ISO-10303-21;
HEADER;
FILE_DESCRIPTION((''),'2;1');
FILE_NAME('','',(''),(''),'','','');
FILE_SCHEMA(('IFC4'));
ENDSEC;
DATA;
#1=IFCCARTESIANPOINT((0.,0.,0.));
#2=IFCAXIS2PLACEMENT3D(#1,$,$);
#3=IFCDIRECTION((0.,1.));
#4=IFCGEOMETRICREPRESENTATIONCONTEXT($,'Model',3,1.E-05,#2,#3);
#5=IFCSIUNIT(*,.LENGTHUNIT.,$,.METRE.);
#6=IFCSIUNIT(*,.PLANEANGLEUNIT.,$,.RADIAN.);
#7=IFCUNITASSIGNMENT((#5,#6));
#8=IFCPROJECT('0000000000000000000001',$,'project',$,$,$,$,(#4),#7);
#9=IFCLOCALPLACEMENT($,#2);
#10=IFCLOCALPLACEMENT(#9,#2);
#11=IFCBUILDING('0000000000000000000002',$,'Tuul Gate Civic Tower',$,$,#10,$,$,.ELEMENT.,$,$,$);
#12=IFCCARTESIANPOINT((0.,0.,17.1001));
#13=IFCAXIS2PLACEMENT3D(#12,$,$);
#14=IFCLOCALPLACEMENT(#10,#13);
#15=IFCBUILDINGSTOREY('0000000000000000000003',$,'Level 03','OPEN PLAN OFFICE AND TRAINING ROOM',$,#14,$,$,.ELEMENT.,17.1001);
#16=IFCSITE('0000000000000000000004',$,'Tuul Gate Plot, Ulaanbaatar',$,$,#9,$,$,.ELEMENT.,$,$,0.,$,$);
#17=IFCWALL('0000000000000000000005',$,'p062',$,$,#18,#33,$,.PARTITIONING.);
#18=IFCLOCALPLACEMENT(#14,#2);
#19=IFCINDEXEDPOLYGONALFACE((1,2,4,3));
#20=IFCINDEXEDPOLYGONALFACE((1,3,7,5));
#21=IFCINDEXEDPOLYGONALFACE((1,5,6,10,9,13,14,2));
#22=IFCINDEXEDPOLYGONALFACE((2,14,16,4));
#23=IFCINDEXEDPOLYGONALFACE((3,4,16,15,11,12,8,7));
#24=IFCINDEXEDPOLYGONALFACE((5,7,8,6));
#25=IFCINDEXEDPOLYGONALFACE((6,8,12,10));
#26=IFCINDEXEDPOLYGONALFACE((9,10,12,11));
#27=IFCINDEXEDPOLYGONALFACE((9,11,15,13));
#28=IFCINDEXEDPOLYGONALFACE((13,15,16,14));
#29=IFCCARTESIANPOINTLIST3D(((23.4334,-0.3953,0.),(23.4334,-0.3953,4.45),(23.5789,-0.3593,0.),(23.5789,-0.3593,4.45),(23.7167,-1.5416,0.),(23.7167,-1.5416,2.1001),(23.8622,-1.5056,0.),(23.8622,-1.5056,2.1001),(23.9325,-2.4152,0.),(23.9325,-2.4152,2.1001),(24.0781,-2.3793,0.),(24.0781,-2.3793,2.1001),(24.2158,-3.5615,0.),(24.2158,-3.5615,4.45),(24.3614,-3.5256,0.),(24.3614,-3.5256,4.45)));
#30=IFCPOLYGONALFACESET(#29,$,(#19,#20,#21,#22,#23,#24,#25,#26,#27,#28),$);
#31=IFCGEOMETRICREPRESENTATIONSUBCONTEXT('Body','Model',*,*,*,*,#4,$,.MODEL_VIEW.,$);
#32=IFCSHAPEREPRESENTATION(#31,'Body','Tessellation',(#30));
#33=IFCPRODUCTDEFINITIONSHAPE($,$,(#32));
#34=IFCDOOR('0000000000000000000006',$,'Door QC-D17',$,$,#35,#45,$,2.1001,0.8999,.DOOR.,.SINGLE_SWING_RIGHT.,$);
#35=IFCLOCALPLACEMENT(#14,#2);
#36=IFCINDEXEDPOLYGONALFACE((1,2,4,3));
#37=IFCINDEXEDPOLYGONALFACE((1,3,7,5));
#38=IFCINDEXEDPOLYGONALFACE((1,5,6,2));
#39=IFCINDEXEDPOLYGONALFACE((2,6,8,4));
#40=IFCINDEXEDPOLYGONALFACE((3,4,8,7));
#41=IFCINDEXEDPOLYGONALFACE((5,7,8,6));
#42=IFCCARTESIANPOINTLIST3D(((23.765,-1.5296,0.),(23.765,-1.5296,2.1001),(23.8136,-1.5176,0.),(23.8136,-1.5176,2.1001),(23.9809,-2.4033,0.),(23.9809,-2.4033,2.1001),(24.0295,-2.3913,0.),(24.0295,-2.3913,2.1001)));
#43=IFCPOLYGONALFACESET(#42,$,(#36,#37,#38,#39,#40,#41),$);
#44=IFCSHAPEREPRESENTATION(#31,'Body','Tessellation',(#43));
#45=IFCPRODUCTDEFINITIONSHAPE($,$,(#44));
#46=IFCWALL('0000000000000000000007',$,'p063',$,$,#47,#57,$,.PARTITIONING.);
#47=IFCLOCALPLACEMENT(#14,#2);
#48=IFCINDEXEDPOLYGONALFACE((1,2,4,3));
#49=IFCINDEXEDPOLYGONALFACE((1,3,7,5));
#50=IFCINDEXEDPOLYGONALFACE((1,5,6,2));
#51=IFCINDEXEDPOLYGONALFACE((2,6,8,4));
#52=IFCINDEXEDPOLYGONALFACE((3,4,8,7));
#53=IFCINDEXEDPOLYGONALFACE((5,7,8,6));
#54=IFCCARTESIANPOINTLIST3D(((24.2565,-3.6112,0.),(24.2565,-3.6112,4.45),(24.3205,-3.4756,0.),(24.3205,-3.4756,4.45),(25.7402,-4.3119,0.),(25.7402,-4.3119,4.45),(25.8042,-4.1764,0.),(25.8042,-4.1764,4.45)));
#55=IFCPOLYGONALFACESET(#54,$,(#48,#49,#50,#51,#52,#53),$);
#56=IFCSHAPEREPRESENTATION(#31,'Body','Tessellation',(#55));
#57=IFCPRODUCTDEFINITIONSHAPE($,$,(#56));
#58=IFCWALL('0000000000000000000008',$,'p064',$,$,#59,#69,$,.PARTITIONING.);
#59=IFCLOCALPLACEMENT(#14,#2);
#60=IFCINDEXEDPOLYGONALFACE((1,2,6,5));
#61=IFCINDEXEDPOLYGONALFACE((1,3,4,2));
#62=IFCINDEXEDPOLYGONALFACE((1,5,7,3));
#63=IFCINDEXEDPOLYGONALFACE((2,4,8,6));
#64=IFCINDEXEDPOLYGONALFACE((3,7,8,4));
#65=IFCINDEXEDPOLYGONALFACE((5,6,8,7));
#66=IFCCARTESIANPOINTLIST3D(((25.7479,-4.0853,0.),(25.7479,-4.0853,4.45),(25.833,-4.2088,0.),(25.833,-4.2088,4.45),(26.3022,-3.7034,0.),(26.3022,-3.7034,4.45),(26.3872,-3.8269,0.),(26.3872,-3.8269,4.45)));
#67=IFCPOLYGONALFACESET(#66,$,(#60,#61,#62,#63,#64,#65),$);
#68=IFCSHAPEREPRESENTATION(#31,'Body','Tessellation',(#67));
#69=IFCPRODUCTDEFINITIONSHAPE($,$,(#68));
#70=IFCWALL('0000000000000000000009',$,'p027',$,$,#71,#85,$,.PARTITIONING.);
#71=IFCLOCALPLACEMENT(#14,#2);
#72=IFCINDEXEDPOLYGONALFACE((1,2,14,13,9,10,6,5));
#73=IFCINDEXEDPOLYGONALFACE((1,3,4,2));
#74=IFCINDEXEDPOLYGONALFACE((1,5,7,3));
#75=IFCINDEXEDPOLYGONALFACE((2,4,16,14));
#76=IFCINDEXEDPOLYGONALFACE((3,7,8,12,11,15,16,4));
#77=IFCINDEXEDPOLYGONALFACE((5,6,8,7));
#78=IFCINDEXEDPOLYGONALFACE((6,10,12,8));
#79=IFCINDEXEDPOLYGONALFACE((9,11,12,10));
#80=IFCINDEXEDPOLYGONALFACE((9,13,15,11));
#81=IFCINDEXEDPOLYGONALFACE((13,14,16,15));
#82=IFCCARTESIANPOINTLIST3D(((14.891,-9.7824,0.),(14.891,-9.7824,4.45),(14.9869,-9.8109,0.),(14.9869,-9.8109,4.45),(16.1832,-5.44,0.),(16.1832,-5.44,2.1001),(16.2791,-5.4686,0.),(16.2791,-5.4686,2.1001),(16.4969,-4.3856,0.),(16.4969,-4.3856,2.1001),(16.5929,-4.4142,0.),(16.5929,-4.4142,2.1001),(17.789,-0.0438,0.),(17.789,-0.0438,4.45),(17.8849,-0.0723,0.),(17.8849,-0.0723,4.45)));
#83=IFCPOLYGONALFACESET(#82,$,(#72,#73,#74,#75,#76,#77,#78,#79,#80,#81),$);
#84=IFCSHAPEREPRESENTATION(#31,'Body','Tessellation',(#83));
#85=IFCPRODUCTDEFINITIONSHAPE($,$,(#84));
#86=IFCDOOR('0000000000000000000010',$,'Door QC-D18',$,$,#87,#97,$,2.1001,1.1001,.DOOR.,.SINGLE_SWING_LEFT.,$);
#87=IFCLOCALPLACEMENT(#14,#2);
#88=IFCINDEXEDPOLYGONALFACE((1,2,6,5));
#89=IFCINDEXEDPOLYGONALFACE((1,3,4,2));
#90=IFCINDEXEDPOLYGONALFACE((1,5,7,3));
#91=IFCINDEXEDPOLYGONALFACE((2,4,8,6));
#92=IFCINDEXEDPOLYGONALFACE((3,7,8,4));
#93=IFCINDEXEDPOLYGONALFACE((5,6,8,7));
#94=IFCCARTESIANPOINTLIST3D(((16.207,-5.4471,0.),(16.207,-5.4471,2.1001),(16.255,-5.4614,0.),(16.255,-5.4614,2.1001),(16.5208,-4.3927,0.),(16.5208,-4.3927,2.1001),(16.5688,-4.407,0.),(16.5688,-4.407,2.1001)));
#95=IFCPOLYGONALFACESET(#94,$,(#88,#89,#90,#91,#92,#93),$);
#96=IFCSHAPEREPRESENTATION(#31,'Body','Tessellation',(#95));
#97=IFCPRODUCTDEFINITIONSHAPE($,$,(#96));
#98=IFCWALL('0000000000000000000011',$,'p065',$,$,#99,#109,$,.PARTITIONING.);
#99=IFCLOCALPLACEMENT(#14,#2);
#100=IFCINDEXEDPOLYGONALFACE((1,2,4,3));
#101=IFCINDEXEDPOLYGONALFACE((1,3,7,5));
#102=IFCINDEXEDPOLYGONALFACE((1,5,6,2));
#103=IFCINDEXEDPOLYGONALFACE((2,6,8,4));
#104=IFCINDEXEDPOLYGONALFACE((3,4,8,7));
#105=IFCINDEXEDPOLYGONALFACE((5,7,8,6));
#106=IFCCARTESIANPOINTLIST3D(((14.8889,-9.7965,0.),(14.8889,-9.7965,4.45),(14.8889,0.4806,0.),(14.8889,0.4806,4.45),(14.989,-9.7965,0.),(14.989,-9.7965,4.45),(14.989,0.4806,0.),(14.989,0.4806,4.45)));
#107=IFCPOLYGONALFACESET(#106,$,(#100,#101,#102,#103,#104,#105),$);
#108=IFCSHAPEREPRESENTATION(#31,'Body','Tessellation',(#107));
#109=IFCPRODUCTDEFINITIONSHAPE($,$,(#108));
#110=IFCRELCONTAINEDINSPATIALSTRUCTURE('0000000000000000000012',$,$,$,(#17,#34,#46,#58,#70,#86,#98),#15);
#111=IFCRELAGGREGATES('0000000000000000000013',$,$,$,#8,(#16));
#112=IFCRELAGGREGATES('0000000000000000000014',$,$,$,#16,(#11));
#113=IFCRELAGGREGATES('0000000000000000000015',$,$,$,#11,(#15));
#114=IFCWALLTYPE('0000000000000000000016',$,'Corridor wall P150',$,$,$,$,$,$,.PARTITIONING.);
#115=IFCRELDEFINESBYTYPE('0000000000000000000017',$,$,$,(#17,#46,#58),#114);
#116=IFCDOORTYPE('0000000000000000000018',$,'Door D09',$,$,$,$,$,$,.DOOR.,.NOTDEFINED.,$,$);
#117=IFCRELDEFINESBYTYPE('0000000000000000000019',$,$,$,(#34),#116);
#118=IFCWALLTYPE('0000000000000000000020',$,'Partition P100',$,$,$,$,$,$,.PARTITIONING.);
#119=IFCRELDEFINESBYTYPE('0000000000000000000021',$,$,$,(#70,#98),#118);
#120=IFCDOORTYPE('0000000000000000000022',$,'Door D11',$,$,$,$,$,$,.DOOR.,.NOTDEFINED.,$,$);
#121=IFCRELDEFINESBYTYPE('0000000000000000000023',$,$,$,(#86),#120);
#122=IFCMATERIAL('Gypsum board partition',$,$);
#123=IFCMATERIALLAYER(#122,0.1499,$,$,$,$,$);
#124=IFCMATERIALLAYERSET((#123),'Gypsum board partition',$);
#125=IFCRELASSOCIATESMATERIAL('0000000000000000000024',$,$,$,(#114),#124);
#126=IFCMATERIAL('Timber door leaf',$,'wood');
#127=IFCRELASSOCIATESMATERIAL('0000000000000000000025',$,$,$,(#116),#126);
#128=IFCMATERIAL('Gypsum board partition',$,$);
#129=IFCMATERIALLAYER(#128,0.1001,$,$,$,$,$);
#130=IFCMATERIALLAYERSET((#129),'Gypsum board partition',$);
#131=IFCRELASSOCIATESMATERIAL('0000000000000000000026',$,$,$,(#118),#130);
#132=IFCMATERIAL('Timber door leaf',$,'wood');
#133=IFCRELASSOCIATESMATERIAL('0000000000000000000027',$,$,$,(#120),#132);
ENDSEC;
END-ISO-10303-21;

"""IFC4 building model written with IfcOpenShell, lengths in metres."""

from ifc_helpers import new_model, si_unit, direction, frame, frame_2d, origin, place, context, subcontext, project, spatial, rectangle, extrude, material, layer, layer_set, type_object, element, fill, save


model = new_model("IFC4")

# Units and contexts
model_context = context("Model", 3, precision=1e-05, world=origin(), true_north=direction((0.0, 1.0)))
body_context = subcontext(model_context, "Body", "Model", "MODEL_VIEW")
ifc_project = project(units=[si_unit("LENGTHUNIT", "METRE"), si_unit("PLANEANGLEUNIT", "RADIAN")], contexts=[model_context])

# Site, building, storey
site_placement = place(None, origin())
site = spatial("IfcSite", under=ifc_project, at=site_placement, Name="Tuul Gate Plot, Ulaanbaatar", CompositionType="ELEMENT", RefElevation=0.0)
building_placement = place(site_placement, origin())
building = spatial("IfcBuilding", under=site, at=building_placement, Name="Tuul Gate Civic Tower", CompositionType="ELEMENT")
storey_placement = place(building_placement, frame((0.0, 0.0, 17.1001)))
storey = spatial("IfcBuildingStorey", under=building, at=storey_placement, Name="Level 03", Description="OPEN PLAN OFFICE AND TRAINING ROOM", CompositionType="ELEMENT", Elevation=17.1001)

# Shared definitions
ifc_material_1 = material(Name="Gypsum board partition")
ifc_layer_1 = layer(ifc_material_1, 0.1499)
ifc_layer_set_1 = layer_set([ifc_layer_1], Name="Gypsum board partition")
wall_type_1 = type_object("IfcWallType", Name="Corridor wall P150", PredefinedType="PARTITIONING", material=ifc_layer_set_1)
ifc_material_2 = material(Name="Timber door leaf", Category="wood")
door_type_1 = type_object("IfcDoorType", Name="Door D09", OperationType="NOTDEFINED", PredefinedType="DOOR", material=ifc_material_2)

# Wall, opening, door
wall_1_placement = place(storey_placement, frame((23.5061, -0.3772, 0.0), z_axis=(0.0, 0.0, 1.0), x_axis=(0.23991, -0.970795, 0.0)))
wall_1 = element("IfcWall", 1, at=wall_1_placement, inside=storey, type_object=wall_type_1, Name="p062", PredefinedType="PARTITIONING", context=body_context, shape_type="SweptSolid", body=[
    extrude(rectangle(XDim=3.2615, YDim=0.1499, at=frame_2d((1.6309, 0.0))), origin(), (0.0, 0.0, 1.0), 4.45),
])
opening_1_placement = place(wall_1_placement, frame((1.1809, 0.0, 0.0)))
opening_1 = element("IfcOpeningElement", 2, at=opening_1_placement, cuts=wall_1, PredefinedType="OPENING", context=body_context, shape_type="SweptSolid", body=[
    extrude(rectangle(XDim=0.8999, YDim=2.1001, at=frame_2d((0.45, 1.05))), frame((0.0, 0.085, 0.0), z_axis=(0.0, -1.0, 0.0), x_axis=(1.0, 0.0, 0.0)), (0.0, 0.0, 1.0), 0.1699),
])
door_1_placement = place(opening_1_placement, origin())
door_1 = element("IfcDoor", 3, at=door_1_placement, inside=storey, type_object=door_type_1, Name="Door QC-D17", OperationType="SINGLE_SWING_RIGHT", OverallHeight=2.1001, OverallWidth=0.8999, PredefinedType="DOOR", context=body_context, shape_type="SweptSolid", body=[
    extrude(rectangle(XDim=0.8999, YDim=2.1001, at=frame_2d((0.45, 1.05))), frame((0.0, 0.0249, 0.0), z_axis=(0.0, -1.0, 0.0), x_axis=(1.0, 0.0, 0.0)), (0.0, 0.0, 1.0), 0.05),
])
fill(opening_1, door_1)

# Walls
wall_2_placement = place(storey_placement, frame((24.2886, -3.5435, 0.0), z_axis=(0.0, 0.0, 1.0), x_axis=(0.904231, -0.427043, 0.0)))
element("IfcWall", 4, at=wall_2_placement, inside=storey, type_object=wall_type_1, Name="p063", PredefinedType="PARTITIONING", context=body_context, shape_type="SweptSolid", body=[
    extrude(rectangle(XDim=1.6409, YDim=0.1499, at=frame_2d((0.8203, 0.0))), origin(), (0.0, 0.0, 1.0), 4.45),
])
wall_3_placement = place(storey_placement, frame((25.7905, -4.147, 0.0), z_axis=(0.0, 0.0, 1.0), x_axis=(0.82347, 0.56736, 0.0)))
element("IfcWall", 5, at=wall_3_placement, inside=storey, type_object=wall_type_1, Name="p064", PredefinedType="PARTITIONING", context=body_context, shape_type="SweptSolid", body=[
    extrude(rectangle(XDim=0.6731, YDim=0.1499, at=frame_2d((0.3364, 0.0))), origin(), (0.0, 0.0, 1.0), 4.45),
])

# Wall, opening, door
ifc_material_3 = material(Name="Gypsum board partition")
ifc_layer_2 = layer(ifc_material_3, 0.1001)
ifc_layer_set_2 = layer_set([ifc_layer_2], Name="Gypsum board partition")
wall_type_2 = type_object("IfcWallType", Name="Partition P100", PredefinedType="PARTITIONING", material=ifc_layer_set_2)
wall_4_placement = place(storey_placement, frame((14.939, -9.7966, 0.0), z_axis=(0.0, 0.0, 1.0), x_axis=(0.285215, 0.958463, 0.0)))
wall_4 = element("IfcWall", 6, at=wall_4_placement, inside=storey, type_object=wall_type_2, Name="p027", PredefinedType="PARTITIONING", context=body_context, shape_type="SweptSolid", body=[
    extrude(rectangle(XDim=10.1606, YDim=0.1001, at=frame_2d((5.0803, 0.0))), origin(), (0.0, 0.0, 1.0), 4.45),
])
opening_2_placement = place(wall_4_placement, frame((4.5305, 0.0, 0.0)))
opening_2 = element("IfcOpeningElement", 7, at=opening_2_placement, cuts=wall_4, PredefinedType="OPENING", context=body_context, shape_type="SweptSolid", body=[
    extrude(rectangle(XDim=1.1001, YDim=2.1001, at=frame_2d((0.55, 1.05))), frame((0.0, 0.0601, 0.0), z_axis=(0.0, -1.0, 0.0), x_axis=(1.0, 0.0, 0.0)), (0.0, 0.0, 1.0), 0.1201),
])
ifc_material_4 = material(Name="Timber door leaf", Category="wood")
door_type_2 = type_object("IfcDoorType", Name="Door D11", OperationType="NOTDEFINED", PredefinedType="DOOR", material=ifc_material_4)
door_2_placement = place(opening_2_placement, frame((1.1001, 0.0, 0.0), z_axis=(0.0, 0.0, 1.0), x_axis=(-1.0, 0.0, 0.0)))
door_2 = element("IfcDoor", 8, at=door_2_placement, inside=storey, type_object=door_type_2, Name="Door QC-D18", OperationType="SINGLE_SWING_LEFT", OverallHeight=2.1001, OverallWidth=1.1001, PredefinedType="DOOR", context=body_context, shape_type="SweptSolid", body=[
    extrude(rectangle(XDim=1.1001, YDim=2.1001, at=frame_2d((0.55, 1.05))), frame((0.0, 0.0249, 0.0), z_axis=(0.0, -1.0, 0.0), x_axis=(1.0, 0.0, 0.0)), (0.0, 0.0, 1.0), 0.05),
])
fill(opening_2, door_2)

# Wall
wall_5_placement = place(storey_placement, frame((14.939, -9.7966, 0.0), z_axis=(0.0, 0.0, 1.0), x_axis=(0.0, 1.0, 0.0)))
element("IfcWall", 9, at=wall_5_placement, inside=storey, type_object=wall_type_2, Name="p065", PredefinedType="PARTITIONING", context=body_context, shape_type="SweptSolid", body=[
    extrude(rectangle(XDim=10.2771, YDim=0.1001, at=frame_2d((5.1387, 0.0))), origin(), (0.0, 0.0, 1.0), 4.45),
])

save(model, "model.ifc")
